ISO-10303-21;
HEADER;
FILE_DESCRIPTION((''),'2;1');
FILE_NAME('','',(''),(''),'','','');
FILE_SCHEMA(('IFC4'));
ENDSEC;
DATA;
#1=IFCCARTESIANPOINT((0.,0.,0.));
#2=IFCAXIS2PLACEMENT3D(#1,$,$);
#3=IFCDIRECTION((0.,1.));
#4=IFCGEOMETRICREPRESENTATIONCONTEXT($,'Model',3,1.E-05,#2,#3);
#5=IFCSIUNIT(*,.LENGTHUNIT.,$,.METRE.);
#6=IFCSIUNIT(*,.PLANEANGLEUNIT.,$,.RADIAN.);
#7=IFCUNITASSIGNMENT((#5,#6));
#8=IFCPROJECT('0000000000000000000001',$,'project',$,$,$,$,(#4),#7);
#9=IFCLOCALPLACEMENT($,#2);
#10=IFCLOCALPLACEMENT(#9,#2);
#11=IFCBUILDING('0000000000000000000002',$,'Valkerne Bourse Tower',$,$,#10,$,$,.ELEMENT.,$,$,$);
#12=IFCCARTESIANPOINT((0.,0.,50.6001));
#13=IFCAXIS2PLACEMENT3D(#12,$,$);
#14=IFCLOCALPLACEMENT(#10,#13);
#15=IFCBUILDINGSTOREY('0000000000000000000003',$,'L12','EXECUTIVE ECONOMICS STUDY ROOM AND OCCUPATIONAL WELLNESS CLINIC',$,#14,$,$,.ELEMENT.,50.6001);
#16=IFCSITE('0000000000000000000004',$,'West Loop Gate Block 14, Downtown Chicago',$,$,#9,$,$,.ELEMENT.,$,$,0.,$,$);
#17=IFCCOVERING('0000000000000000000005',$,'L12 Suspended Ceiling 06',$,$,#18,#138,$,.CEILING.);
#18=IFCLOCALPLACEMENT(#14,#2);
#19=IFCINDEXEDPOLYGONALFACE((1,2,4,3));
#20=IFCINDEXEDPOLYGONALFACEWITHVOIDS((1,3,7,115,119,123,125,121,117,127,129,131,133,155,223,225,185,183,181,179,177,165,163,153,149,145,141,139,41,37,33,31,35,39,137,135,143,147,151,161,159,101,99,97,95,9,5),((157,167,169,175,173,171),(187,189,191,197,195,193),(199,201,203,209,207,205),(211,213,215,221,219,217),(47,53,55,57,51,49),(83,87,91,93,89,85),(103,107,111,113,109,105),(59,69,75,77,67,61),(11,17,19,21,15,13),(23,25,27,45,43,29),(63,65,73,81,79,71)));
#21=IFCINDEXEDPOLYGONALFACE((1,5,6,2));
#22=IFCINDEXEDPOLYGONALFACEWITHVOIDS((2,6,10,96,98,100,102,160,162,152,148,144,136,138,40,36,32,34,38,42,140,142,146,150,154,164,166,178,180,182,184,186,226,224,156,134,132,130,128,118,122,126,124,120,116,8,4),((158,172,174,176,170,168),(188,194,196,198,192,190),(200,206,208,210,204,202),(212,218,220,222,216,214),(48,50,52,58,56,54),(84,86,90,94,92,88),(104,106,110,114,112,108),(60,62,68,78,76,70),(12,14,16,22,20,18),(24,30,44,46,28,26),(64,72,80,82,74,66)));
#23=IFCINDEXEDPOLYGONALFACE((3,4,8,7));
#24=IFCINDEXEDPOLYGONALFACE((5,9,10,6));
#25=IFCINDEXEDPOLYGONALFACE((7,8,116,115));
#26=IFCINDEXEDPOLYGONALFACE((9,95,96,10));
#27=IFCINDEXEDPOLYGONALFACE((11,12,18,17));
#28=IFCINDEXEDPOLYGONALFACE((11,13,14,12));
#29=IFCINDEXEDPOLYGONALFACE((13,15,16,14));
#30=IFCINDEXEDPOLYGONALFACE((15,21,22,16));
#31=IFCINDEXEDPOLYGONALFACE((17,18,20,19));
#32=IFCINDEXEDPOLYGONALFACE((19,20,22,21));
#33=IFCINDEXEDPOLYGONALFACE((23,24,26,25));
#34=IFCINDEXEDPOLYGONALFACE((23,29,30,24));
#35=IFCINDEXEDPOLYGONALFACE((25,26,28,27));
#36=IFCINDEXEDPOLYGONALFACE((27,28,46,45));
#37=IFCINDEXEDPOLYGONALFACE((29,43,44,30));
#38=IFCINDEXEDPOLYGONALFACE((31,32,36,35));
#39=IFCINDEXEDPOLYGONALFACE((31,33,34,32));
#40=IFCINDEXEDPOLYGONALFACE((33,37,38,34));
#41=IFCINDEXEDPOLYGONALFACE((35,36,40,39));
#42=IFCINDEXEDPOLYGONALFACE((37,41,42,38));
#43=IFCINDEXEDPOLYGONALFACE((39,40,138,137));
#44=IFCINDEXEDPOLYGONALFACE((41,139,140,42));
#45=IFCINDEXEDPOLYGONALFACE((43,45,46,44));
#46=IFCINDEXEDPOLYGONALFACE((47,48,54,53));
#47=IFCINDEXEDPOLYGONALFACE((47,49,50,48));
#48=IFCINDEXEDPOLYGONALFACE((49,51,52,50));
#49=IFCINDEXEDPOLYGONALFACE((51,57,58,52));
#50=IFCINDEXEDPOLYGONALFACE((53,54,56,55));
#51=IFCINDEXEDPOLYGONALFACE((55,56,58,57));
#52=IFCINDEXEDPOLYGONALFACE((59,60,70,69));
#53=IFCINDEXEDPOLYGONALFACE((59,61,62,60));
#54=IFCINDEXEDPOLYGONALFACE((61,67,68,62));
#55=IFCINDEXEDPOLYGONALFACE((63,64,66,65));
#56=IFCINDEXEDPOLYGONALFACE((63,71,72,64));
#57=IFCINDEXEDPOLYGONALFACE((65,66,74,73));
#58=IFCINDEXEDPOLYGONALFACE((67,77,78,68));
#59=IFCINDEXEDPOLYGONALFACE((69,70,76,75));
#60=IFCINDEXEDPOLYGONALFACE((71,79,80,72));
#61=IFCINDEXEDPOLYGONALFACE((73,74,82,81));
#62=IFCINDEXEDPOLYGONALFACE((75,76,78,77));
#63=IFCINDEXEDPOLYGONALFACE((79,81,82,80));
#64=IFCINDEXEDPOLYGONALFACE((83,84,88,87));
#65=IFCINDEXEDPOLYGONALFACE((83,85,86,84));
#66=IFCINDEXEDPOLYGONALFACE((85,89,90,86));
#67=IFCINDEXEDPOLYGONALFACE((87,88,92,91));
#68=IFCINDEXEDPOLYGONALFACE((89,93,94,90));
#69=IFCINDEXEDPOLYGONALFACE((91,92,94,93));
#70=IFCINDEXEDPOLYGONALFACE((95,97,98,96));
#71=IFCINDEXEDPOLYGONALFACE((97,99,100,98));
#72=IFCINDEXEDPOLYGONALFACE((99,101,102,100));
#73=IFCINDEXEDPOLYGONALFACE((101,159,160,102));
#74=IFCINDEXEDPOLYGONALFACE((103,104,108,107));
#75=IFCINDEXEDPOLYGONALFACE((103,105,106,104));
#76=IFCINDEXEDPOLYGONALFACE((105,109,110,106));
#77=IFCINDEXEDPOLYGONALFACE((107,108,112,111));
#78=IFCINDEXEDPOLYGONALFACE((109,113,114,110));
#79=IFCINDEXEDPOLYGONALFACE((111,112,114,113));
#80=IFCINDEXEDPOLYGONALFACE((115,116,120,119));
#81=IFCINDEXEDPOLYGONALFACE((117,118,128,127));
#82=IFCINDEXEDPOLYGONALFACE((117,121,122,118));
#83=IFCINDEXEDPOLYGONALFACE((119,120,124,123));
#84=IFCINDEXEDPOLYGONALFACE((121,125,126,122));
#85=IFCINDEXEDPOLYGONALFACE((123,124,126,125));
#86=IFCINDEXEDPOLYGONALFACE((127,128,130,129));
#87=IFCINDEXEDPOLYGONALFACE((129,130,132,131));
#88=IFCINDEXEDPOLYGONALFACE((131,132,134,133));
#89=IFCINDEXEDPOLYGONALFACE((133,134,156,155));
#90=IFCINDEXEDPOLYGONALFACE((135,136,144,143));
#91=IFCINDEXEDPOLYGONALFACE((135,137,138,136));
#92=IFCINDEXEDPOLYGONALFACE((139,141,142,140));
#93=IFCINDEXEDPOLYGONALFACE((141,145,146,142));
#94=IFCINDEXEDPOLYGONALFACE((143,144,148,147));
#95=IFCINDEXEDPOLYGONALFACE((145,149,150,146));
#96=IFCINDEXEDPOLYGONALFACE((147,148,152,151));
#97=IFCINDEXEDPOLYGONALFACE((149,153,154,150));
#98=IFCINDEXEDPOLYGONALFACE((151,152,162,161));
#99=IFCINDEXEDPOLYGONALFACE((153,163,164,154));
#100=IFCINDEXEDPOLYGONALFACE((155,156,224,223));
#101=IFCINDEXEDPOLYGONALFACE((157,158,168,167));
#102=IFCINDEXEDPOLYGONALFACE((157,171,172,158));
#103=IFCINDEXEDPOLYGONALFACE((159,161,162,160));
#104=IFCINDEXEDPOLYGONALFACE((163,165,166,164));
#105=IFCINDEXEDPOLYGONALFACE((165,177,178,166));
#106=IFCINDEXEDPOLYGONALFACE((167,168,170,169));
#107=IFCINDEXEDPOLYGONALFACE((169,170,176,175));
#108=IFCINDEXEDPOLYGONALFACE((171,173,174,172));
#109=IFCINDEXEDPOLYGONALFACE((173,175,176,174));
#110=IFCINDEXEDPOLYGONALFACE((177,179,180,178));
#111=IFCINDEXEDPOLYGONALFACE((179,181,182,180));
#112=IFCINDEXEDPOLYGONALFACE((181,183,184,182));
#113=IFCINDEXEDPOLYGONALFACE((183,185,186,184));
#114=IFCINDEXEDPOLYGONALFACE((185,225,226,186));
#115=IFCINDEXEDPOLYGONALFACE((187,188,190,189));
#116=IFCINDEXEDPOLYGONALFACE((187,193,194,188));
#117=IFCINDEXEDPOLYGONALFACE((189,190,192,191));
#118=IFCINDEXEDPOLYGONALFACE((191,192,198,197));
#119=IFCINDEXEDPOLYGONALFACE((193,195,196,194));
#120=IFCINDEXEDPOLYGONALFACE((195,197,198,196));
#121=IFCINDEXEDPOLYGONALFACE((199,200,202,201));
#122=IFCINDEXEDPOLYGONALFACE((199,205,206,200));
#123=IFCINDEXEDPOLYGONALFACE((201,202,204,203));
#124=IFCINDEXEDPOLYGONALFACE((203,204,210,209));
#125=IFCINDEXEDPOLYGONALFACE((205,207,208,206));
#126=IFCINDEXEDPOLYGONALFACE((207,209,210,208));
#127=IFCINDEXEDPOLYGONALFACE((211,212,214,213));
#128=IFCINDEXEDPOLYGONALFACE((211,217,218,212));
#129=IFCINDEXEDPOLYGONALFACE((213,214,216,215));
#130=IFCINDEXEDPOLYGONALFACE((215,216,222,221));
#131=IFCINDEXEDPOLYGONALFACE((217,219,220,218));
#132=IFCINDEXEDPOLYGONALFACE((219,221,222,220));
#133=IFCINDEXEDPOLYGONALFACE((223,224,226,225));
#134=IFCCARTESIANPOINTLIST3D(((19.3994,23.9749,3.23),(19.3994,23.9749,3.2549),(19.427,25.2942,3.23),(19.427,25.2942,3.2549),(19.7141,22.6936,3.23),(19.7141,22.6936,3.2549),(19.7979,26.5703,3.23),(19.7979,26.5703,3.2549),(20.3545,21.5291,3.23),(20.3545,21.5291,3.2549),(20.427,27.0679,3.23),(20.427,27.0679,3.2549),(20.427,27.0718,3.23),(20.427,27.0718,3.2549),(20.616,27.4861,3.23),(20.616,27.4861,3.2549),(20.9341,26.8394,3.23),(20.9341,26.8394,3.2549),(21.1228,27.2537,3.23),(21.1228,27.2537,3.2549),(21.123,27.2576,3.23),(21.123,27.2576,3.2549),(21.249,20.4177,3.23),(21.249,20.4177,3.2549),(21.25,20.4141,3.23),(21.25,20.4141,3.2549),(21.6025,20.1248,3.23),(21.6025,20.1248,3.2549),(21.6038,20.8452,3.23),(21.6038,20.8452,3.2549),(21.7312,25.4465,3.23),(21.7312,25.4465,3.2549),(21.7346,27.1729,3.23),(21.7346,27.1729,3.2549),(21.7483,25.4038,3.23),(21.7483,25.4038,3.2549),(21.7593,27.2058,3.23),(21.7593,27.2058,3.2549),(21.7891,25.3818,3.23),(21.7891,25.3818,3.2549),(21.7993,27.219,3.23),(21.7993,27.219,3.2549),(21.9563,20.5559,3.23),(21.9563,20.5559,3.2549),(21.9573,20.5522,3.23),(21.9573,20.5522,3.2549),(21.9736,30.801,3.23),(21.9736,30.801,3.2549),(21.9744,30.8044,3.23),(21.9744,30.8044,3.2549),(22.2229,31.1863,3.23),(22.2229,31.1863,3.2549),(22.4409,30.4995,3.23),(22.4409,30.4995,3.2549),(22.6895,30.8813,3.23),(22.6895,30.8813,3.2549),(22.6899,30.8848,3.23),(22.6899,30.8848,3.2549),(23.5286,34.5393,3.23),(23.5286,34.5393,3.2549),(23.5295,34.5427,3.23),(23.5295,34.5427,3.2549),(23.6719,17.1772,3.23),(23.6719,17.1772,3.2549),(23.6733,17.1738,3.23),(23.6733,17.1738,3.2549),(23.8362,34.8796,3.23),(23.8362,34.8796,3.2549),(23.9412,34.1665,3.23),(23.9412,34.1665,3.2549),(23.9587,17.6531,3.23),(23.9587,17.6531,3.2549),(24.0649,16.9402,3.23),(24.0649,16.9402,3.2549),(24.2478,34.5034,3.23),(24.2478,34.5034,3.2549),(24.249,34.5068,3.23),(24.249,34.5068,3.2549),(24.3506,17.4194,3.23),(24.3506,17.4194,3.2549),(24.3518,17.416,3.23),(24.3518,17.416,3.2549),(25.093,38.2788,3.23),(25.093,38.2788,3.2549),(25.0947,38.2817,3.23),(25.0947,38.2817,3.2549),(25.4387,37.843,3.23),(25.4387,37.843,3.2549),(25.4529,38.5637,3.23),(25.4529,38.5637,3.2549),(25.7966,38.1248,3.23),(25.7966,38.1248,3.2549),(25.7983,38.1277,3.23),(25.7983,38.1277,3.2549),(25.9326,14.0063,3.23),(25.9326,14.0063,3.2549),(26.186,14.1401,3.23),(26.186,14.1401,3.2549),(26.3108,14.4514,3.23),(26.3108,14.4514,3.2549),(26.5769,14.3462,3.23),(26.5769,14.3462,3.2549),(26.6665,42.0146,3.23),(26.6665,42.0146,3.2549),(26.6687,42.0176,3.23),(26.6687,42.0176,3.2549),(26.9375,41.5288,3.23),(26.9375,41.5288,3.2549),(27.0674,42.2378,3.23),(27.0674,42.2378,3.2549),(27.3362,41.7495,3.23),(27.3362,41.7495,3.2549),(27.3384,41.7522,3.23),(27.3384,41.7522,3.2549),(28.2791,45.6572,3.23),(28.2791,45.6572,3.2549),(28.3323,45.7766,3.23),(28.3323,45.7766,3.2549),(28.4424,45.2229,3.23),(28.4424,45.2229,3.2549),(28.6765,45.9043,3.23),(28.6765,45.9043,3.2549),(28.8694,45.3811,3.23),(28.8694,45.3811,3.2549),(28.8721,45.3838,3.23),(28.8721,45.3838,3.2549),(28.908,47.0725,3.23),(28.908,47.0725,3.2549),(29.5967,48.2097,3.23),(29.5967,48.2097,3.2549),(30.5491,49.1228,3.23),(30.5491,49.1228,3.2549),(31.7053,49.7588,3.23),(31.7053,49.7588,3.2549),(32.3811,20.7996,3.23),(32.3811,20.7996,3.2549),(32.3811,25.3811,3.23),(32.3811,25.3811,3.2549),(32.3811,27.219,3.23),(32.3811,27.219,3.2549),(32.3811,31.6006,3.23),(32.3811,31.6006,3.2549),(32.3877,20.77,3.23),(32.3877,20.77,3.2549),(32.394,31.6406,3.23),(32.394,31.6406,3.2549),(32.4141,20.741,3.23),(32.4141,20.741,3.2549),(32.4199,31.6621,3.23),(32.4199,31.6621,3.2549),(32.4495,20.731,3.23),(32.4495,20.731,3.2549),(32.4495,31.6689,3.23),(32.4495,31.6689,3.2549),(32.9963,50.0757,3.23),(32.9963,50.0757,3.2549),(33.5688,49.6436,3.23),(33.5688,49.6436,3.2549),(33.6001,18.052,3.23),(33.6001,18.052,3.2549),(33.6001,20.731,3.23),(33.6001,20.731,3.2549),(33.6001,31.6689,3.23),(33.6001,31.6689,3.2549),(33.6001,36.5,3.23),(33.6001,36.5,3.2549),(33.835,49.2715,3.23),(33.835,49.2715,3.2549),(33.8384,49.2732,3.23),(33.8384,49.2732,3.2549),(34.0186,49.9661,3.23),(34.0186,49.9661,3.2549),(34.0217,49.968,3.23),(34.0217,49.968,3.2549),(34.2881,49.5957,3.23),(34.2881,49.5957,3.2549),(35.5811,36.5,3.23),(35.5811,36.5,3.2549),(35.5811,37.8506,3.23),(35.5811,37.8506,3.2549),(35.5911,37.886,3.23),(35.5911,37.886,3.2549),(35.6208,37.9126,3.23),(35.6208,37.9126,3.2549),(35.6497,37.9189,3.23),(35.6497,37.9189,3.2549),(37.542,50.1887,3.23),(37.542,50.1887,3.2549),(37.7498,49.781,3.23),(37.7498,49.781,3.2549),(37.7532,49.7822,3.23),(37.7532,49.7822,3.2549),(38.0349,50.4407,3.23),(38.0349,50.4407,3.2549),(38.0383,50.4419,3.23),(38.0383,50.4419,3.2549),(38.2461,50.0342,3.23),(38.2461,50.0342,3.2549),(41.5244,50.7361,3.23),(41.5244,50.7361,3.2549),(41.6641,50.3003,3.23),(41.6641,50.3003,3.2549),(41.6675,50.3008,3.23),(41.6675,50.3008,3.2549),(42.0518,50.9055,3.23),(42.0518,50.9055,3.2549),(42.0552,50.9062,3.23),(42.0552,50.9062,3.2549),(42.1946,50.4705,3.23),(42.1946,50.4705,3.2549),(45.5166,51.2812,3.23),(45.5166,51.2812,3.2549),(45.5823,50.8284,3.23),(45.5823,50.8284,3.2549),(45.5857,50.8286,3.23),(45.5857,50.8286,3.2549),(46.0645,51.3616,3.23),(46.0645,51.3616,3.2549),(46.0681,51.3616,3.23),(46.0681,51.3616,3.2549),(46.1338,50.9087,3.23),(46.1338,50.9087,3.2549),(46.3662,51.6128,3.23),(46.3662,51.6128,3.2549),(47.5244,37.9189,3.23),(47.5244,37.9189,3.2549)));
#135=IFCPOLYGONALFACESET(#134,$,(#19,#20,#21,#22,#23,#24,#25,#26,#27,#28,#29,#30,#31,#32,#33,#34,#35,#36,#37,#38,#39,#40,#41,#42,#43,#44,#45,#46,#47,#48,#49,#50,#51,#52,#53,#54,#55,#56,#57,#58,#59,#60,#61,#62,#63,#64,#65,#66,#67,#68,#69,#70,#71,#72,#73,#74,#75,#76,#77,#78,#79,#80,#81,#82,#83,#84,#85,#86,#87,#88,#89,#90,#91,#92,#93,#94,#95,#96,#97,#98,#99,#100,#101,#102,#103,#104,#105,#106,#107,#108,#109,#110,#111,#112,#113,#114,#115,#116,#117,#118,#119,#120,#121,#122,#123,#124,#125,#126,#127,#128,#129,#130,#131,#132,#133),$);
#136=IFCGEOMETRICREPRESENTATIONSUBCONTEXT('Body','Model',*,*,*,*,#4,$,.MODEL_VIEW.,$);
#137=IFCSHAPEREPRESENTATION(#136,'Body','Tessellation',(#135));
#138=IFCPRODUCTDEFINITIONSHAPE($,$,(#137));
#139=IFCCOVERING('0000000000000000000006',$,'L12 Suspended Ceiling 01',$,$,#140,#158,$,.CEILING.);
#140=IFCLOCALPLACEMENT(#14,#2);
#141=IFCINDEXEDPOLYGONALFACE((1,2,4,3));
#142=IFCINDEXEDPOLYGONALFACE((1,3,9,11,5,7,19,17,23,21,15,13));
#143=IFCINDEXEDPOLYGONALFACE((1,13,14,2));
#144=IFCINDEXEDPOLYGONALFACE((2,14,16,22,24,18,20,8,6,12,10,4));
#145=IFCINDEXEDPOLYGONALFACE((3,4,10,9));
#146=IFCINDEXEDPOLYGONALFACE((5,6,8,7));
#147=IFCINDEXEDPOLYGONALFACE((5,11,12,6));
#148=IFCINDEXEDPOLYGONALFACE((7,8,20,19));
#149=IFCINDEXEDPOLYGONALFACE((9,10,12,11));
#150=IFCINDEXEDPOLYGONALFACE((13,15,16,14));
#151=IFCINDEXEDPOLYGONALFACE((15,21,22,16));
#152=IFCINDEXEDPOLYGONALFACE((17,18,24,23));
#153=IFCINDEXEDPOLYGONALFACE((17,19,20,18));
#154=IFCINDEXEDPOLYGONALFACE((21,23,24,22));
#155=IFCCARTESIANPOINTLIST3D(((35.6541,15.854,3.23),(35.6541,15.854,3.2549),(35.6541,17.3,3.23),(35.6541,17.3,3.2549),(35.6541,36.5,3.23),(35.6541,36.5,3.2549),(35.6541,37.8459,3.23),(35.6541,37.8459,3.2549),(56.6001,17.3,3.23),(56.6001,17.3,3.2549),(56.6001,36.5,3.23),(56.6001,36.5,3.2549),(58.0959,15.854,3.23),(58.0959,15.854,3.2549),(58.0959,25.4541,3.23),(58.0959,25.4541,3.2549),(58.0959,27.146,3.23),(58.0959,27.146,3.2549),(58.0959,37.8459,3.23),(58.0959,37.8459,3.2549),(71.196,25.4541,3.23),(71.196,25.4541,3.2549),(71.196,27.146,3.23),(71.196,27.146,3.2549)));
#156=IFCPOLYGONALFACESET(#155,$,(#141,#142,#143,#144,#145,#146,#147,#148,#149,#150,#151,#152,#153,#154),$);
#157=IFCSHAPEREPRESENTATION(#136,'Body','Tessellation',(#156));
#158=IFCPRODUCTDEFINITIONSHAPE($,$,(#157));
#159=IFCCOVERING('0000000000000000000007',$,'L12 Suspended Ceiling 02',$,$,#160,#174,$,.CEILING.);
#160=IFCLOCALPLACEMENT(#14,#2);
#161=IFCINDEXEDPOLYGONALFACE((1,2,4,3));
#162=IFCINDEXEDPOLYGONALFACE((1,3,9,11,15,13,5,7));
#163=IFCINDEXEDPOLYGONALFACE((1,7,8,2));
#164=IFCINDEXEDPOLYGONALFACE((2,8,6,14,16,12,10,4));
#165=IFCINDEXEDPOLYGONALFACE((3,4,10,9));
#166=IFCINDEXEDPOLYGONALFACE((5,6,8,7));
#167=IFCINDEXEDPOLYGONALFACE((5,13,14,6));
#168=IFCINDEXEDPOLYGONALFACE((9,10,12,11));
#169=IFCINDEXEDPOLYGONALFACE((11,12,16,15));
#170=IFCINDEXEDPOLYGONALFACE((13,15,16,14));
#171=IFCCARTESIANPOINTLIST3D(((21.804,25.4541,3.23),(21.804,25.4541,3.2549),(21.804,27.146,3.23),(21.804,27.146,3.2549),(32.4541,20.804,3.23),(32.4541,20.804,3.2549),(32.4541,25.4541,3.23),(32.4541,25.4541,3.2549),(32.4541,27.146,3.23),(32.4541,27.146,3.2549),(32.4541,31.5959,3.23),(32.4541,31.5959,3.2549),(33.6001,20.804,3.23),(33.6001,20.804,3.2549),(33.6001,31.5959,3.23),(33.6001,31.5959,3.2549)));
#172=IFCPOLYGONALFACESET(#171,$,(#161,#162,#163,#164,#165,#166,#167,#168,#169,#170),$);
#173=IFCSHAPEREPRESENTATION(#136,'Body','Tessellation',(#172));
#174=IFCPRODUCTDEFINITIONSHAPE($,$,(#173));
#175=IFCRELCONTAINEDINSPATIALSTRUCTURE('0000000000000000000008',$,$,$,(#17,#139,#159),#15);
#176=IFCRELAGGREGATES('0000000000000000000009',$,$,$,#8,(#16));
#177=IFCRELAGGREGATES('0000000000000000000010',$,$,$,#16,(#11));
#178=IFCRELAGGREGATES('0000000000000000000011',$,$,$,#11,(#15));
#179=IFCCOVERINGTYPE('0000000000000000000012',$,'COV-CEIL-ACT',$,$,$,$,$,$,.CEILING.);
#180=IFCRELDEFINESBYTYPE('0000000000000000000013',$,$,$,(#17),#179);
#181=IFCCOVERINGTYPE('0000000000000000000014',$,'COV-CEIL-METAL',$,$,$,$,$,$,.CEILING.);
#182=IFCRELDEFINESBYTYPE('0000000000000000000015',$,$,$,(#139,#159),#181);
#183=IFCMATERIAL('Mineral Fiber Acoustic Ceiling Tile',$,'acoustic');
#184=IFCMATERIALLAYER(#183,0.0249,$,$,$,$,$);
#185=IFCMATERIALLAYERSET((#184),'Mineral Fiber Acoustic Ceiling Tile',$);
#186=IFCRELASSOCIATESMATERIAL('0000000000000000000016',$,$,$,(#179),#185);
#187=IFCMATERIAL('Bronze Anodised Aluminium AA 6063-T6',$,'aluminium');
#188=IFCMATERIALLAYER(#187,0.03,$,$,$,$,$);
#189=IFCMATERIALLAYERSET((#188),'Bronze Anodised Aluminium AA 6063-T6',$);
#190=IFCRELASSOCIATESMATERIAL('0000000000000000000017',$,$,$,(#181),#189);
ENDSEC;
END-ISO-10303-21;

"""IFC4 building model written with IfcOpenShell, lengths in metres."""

from ifc_helpers import new_model, si_unit, direction, frame, origin, place, context, subcontext, project, spatial, polyline, outline, extrude, material, layer, layer_set, type_object, element, save


model = new_model("IFC4")

# Units and contexts
model_context = context("Model", 3, precision=1e-05, world=origin(), true_north=direction((0.0, 1.0)))
body_context = subcontext(model_context, "Body", "Model", "MODEL_VIEW")
ifc_project = project(units=[si_unit("LENGTHUNIT", "METRE"), si_unit("PLANEANGLEUNIT", "RADIAN")], contexts=[model_context])

# Site, building, storey
site_placement = place(None, origin())
site = spatial("IfcSite", under=ifc_project, at=site_placement, Name="West Loop Gate Block 14, Downtown Chicago", CompositionType="ELEMENT", RefElevation=0.0)
building_placement = place(site_placement, origin())
building = spatial("IfcBuilding", under=site, at=building_placement, Name="Valkerne Bourse Tower", CompositionType="ELEMENT")
storey_placement = place(building_placement, frame((0.0, 0.0, 50.6001)))
storey = spatial("IfcBuildingStorey", under=building, at=storey_placement, Name="L12", Description="EXECUTIVE ECONOMICS STUDY ROOM AND OCCUPATIONAL WELLNESS CLINIC", CompositionType="ELEMENT", Elevation=50.6001)

# Coverings
ifc_material_1 = material(Name="Mineral Fiber Acoustic Ceiling Tile", Category="acoustic")
ifc_layer_1 = layer(ifc_material_1, 0.0249)
ifc_layer_set_1 = layer_set([ifc_layer_1], Name="Mineral Fiber Acoustic Ceiling Tile")
covering_type_1 = type_object("IfcCoveringType", Name="COV-CEIL-ACT", PredefinedType="CEILING", material=ifc_layer_set_1)
covering_1_placement = place(storey_placement, frame((0.0, 0.0, 3.23)))
element("IfcCovering", 1, at=covering_1_placement, inside=storey, type_object=covering_type_1, Name="L12 Suspended Ceiling 06", PredefinedType="CEILING", context=body_context, shape_type="SweptSolid", body=[
    extrude(outline(polyline([(19.3994, 23.9749), (19.427, 25.2942), (19.7979, 26.5703), (28.2791, 45.6572), (28.4424, 45.2229), (28.8694, 45.3811), (28.8721, 45.3838), (28.6765, 45.9043), (28.3323, 45.7766), (28.908, 47.0725), (29.5967, 48.2097), (30.5491, 49.1228), (31.7053, 49.7588), (32.9963, 50.0757), (46.3662, 51.6128), (47.5244, 37.9189), (35.6497, 37.9189), (35.6208, 37.9126), (35.5911, 37.886), (35.5811, 37.8506), (35.5811, 36.5), (33.6001, 36.5), (33.6001, 31.6689), (32.4495, 31.6689), (32.4199, 31.6621), (32.394, 31.6406), (32.3811, 31.6006), (32.3811, 27.219), (21.7993, 27.219), (21.7593, 27.2058), (21.7346, 27.1729), (21.7312, 25.4465), (21.7483, 25.4038), (21.7891, 25.3818), (32.3811, 25.3811), (32.3811, 20.7996), (32.3877, 20.77), (32.4141, 20.741), (32.4495, 20.731), (33.6001, 20.731), (33.6001, 18.052), (26.5769, 14.3462), (26.3108, 14.4514), (26.186, 14.1401), (25.9326, 14.0063), (20.3545, 21.5291), (19.7141, 22.6936), (19.3994, 23.9749)]), holes=[polyline([(24.3506, 17.4194), (23.9587, 17.6531), (23.6719, 17.1772), (23.6733, 17.1738), (24.0649, 16.9402), (24.3518, 17.416), (24.3506, 17.4194)]), polyline([(21.9573, 20.5522), (21.9563, 20.5559), (21.6038, 20.8452), (21.249, 20.4177), (21.25, 20.4141), (21.6025, 20.1248), (21.9573, 20.5522)]), polyline([(21.123, 27.2576), (20.616, 27.4861), (20.427, 27.0718), (20.427, 27.0679), (20.9341, 26.8394), (21.1228, 27.2537), (21.123, 27.2576)]), polyline([(22.6895, 30.8813), (22.6899, 30.8848), (22.2229, 31.1863), (21.9744, 30.8044), (21.9736, 30.801), (22.4409, 30.4995), (22.6895, 30.8813)]), polyline([(24.249, 34.5068), (23.8362, 34.8796), (23.5295, 34.5427), (23.5286, 34.5393), (23.9412, 34.1665), (24.2478, 34.5034), (24.249, 34.5068)]), polyline([(25.7966, 38.1248), (25.7983, 38.1277), (25.4529, 38.5637), (25.0947, 38.2817), (25.093, 38.2788), (25.4387, 37.843), (25.7966, 38.1248)]), polyline([(27.3362, 41.7495), (27.3384, 41.7522), (27.0674, 42.2378), (26.6687, 42.0176), (26.6665, 42.0146), (26.9375, 41.5288), (27.3362, 41.7495)]), polyline([(33.8384, 49.2732), (34.2881, 49.5957), (34.0217, 49.968), (34.0186, 49.9661), (33.5688, 49.6436), (33.835, 49.2715), (33.8384, 49.2732)]), polyline([(37.7532, 49.7822), (38.2461, 50.0342), (38.0383, 50.4419), (38.0349, 50.4407), (37.542, 50.1887), (37.7498, 49.781), (37.7532, 49.7822)]), polyline([(41.6675, 50.3008), (42.1946, 50.4705), (42.0552, 50.9062), (42.0518, 50.9055), (41.5244, 50.7361), (41.6641, 50.3003), (41.6675, 50.3008)]), polyline([(46.1338, 50.9087), (46.0681, 51.3616), (46.0645, 51.3616), (45.5166, 51.2812), (45.5823, 50.8284), (45.5857, 50.8286), (46.1338, 50.9087)])]), origin(), (0.0, 0.0, 1.0), 0.0249),
])
ifc_material_2 = material(Name="Bronze Anodised Aluminium AA 6063-T6", Category="aluminium")
ifc_layer_2 = layer(ifc_material_2, 0.03)
ifc_layer_set_2 = layer_set([ifc_layer_2], Name="Bronze Anodised Aluminium AA 6063-T6")
covering_type_2 = type_object("IfcCoveringType", Name="COV-CEIL-METAL", PredefinedType="CEILING", material=ifc_layer_set_2)
covering_2_placement = place(storey_placement, frame((0.0, 0.0, 3.23)))
element("IfcCovering", 2, at=covering_2_placement, inside=storey, type_object=covering_type_2, Name="L12 Suspended Ceiling 01", PredefinedType="CEILING", context=body_context, shape_type="SweptSolid", body=[
    extrude(outline(polyline([(71.196, 27.146), (71.196, 25.4541), (58.0959, 25.4541), (58.0959, 15.854), (35.6541, 15.854), (35.6541, 17.3), (56.6001, 17.3), (56.6001, 36.5), (35.6541, 36.5), (35.6541, 37.8459), (58.0959, 37.8459), (58.0959, 27.146), (71.196, 27.146)])), origin(), (0.0, 0.0, 1.0), 0.0249),
])
covering_3_placement = place(storey_placement, frame((0.0, 0.0, 3.23)))
element("IfcCovering", 3, at=covering_3_placement, inside=storey, type_object=covering_type_2, Name="L12 Suspended Ceiling 02", PredefinedType="CEILING", context=body_context, shape_type="SweptSolid", body=[
    extrude(outline(polyline([(32.4541, 20.804), (32.4541, 25.4541), (21.804, 25.4541), (21.804, 27.146), (32.4541, 27.146), (32.4541, 31.5959), (33.6001, 31.5959), (33.6001, 20.804), (32.4541, 20.804)])), origin(), (0.0, 0.0, 1.0), 0.0249),
])

save(model, "model.ifc")
